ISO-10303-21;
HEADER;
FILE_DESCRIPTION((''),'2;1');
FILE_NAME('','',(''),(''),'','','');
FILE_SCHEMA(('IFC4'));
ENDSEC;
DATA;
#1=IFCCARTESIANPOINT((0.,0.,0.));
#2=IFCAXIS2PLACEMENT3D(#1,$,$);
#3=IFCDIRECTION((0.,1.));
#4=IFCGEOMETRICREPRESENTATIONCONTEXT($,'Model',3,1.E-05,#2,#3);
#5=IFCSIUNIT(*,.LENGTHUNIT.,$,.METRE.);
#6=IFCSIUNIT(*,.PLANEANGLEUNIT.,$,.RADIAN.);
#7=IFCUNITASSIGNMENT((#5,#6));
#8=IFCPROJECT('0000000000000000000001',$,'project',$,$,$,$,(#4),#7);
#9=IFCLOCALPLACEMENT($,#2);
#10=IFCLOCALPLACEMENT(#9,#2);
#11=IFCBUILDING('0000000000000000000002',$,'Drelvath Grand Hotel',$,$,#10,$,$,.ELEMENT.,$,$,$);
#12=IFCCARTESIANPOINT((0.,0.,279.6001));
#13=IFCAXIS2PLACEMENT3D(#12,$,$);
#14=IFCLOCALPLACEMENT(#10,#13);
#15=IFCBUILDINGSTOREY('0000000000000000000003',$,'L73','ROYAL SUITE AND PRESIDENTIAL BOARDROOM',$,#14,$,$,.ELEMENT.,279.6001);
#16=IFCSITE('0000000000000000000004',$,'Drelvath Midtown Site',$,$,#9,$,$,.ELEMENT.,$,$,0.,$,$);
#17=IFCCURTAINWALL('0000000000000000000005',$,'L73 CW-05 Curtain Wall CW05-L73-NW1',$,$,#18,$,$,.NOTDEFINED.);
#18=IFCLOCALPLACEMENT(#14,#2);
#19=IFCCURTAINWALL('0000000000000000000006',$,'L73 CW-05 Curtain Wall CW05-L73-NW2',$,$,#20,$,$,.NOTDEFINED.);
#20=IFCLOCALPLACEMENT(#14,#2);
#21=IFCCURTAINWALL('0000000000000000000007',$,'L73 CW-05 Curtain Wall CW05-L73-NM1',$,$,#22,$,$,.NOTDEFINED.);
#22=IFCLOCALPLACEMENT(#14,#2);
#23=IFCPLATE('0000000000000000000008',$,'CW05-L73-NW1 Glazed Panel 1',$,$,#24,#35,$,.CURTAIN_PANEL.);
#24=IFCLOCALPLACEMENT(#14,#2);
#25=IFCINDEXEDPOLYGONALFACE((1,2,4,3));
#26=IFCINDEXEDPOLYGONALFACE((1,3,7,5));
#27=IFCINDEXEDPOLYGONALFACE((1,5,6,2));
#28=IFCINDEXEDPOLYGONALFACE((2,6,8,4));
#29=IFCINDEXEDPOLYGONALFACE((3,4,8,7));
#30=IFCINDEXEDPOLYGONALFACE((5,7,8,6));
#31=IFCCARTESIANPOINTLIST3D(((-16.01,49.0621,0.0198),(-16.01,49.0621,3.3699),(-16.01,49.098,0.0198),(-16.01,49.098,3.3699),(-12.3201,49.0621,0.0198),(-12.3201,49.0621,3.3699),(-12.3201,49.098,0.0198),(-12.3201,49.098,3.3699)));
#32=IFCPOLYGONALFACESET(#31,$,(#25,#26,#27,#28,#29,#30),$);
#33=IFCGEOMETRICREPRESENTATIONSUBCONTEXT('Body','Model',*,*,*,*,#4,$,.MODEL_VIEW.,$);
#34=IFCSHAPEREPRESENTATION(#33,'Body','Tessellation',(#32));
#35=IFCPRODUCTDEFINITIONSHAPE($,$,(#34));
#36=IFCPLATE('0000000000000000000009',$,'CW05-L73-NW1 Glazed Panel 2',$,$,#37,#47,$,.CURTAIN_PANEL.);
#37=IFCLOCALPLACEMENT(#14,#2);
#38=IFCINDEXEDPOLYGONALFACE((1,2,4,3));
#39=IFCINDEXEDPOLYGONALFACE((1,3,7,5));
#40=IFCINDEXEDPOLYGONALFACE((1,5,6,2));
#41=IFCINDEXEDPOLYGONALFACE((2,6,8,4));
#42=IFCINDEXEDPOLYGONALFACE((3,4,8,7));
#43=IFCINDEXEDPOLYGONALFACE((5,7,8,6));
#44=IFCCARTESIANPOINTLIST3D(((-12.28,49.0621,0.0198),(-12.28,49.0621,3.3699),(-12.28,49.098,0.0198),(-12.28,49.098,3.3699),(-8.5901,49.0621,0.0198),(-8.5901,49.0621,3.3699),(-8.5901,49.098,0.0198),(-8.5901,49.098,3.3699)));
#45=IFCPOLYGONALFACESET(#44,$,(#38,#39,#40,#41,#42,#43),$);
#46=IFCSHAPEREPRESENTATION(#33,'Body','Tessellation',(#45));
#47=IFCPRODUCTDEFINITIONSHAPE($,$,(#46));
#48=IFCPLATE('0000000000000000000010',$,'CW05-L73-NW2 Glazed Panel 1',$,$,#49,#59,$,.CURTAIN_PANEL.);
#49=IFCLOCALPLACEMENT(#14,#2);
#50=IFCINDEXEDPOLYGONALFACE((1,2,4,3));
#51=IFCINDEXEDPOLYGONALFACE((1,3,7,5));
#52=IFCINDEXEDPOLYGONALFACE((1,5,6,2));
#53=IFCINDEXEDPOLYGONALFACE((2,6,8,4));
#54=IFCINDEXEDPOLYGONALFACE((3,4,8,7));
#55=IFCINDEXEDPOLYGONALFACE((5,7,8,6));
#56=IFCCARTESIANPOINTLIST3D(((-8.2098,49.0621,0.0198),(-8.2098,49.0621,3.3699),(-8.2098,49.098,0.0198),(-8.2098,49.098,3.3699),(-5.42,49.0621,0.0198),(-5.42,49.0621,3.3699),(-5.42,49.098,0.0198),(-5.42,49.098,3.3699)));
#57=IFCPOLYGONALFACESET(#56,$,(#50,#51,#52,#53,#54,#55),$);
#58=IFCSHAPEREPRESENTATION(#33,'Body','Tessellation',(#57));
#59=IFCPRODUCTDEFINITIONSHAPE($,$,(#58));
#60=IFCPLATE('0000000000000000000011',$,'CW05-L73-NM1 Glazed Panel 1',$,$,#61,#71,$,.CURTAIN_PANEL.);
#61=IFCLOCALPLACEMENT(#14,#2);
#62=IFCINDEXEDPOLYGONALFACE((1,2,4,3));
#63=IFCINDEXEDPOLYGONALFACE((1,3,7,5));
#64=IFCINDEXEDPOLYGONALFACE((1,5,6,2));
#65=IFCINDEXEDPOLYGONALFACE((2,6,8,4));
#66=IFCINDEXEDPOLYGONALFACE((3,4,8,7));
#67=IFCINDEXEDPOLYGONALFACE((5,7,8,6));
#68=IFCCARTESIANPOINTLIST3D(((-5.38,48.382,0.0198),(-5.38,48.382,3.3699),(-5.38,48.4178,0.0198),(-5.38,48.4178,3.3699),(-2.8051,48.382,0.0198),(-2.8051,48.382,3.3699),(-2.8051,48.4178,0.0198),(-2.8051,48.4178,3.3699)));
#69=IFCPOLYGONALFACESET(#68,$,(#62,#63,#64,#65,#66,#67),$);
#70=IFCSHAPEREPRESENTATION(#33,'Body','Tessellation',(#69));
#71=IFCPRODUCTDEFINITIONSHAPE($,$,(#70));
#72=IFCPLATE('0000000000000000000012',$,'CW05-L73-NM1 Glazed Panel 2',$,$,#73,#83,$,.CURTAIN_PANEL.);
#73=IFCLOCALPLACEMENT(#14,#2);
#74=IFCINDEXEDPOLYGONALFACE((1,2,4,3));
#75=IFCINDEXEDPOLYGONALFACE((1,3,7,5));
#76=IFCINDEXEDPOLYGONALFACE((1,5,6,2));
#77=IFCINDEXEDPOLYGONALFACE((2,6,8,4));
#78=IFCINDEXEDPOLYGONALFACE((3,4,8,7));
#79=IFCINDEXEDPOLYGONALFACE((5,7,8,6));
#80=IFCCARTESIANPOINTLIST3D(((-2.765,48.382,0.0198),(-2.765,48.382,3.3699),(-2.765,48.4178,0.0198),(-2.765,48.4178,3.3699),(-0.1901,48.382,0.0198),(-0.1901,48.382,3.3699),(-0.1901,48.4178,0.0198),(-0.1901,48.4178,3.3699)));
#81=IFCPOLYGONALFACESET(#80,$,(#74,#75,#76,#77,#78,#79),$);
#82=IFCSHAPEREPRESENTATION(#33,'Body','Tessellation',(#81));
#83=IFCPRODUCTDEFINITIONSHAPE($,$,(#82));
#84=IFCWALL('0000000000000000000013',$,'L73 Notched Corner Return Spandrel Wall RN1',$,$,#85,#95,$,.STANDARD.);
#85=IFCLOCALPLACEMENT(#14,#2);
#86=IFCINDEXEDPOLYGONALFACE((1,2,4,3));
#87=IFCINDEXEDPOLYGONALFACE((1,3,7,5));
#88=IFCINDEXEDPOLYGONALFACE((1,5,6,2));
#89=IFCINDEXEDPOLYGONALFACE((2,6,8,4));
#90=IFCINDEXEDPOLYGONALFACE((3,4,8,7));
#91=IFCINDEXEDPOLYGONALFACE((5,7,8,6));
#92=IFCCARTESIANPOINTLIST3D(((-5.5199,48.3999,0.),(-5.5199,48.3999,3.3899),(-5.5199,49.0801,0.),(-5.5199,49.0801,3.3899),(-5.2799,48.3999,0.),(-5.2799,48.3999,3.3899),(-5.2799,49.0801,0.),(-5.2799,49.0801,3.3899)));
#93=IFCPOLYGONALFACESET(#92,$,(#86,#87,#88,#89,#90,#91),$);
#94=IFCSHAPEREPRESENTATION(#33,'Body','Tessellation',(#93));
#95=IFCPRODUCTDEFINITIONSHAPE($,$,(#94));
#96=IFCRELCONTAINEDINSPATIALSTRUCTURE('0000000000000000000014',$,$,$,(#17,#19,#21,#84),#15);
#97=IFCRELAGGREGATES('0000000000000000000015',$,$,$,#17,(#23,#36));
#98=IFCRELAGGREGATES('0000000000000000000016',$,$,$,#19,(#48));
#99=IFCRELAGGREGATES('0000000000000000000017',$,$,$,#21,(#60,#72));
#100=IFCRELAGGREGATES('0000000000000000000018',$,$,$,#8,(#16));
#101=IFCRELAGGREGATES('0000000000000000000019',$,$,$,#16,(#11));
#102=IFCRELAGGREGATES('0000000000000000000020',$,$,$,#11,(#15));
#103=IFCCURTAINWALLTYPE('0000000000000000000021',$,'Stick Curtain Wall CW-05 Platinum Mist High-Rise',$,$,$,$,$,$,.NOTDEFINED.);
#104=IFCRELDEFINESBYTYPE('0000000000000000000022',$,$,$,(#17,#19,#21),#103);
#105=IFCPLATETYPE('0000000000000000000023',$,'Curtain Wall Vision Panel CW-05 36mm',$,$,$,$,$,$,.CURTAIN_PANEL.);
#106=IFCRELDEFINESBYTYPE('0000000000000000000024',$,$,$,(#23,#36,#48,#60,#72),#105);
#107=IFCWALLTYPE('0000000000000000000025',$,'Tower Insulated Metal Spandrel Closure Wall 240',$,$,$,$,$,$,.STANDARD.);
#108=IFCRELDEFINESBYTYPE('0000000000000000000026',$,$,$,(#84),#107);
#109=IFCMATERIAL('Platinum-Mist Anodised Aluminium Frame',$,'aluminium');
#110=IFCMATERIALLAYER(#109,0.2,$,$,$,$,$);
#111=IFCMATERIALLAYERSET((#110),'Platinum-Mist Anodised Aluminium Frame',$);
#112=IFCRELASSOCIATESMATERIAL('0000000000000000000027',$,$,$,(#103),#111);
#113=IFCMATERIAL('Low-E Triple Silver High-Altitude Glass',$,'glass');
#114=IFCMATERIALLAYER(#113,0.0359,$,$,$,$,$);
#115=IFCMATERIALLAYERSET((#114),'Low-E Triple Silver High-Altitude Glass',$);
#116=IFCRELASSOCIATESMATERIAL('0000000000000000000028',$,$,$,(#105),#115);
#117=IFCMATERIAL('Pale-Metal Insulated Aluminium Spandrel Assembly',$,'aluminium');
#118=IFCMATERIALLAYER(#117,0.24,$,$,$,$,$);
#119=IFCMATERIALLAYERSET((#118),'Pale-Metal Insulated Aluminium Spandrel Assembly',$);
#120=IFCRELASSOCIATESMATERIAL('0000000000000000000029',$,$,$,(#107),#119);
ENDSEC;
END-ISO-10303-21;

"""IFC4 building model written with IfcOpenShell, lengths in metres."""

from ifc_helpers import new_model, si_unit, direction, frame, frame_2d, origin, origin_2d, place, context, subcontext, project, spatial, rectangle, extrude, material, layer, layer_set, type_object, element, aggregate, save


model = new_model("IFC4")

# Units and contexts
model_context = context("Model", 3, precision=1e-05, world=origin(), true_north=direction((0.0, 1.0)))
body_context = subcontext(model_context, "Body", "Model", "MODEL_VIEW")
ifc_project = project(units=[si_unit("LENGTHUNIT", "METRE"), si_unit("PLANEANGLEUNIT", "RADIAN")], contexts=[model_context])

# Site, building, storey
site_placement = place(None, origin())
site = spatial("IfcSite", under=ifc_project, at=site_placement, Name="Drelvath Midtown Site", CompositionType="ELEMENT", RefElevation=0.0)
building_placement = place(site_placement, origin())
building = spatial("IfcBuilding", under=site, at=building_placement, Name="Drelvath Grand Hotel", CompositionType="ELEMENT")
storey_placement = place(building_placement, frame((0.0, 0.0, 279.6001)))
storey = spatial("IfcBuildingStorey", under=building, at=storey_placement, Name="L73", Description="ROYAL SUITE AND PRESIDENTIAL BOARDROOM", CompositionType="ELEMENT", Elevation=279.6001)

# Curtain walls
ifc_material_1 = material(Name="Platinum-Mist Anodised Aluminium Frame", Category="aluminium")
ifc_layer_1 = layer(ifc_material_1, 0.2)
ifc_layer_set_1 = layer_set([ifc_layer_1], Name="Platinum-Mist Anodised Aluminium Frame")
curtain_wall_type = type_object("IfcCurtainWallType", Name="Stick Curtain Wall CW-05 Platinum Mist High-Rise", PredefinedType="NOTDEFINED", material=ifc_layer_set_1)
curtain_wall_1_placement = place(storey_placement, origin())
curtain_wall_1 = element("IfcCurtainWall", 1, at=curtain_wall_1_placement, inside=storey, type_object=curtain_wall_type, Name="L73 CW-05 Curtain Wall CW05-L73-NW1", PredefinedType="NOTDEFINED")
curtain_wall_2_placement = place(storey_placement, origin())
curtain_wall_2 = element("IfcCurtainWall", 2, at=curtain_wall_2_placement, inside=storey, type_object=curtain_wall_type, Name="L73 CW-05 Curtain Wall CW05-L73-NW2", PredefinedType="NOTDEFINED")
curtain_wall_3_placement = place(storey_placement, origin())
curtain_wall_3 = element("IfcCurtainWall", 3, at=curtain_wall_3_placement, inside=storey, type_object=curtain_wall_type, Name="L73 CW-05 Curtain Wall CW05-L73-NM1", PredefinedType="NOTDEFINED")

# Plates
ifc_material_2 = material(Name="Low-E Triple Silver High-Altitude Glass", Category="glass")
ifc_layer_2 = layer(ifc_material_2, 0.0359)
ifc_layer_set_2 = layer_set([ifc_layer_2], Name="Low-E Triple Silver High-Altitude Glass")
plate_type = type_object("IfcPlateType", Name="Curtain Wall Vision Panel CW-05 36mm", PredefinedType="CURTAIN_PANEL", material=ifc_layer_set_2)
plate_1_placement = place(storey_placement, frame((-14.165, 49.0801, 0.0198), z_axis=(0.0, 0.0, 1.0), x_axis=(1.0, 0.0, 0.0)))
plate_1 = element("IfcPlate", 4, at=plate_1_placement, type_object=plate_type, Name="CW05-L73-NW1 Glazed Panel 1", PredefinedType="CURTAIN_PANEL", context=body_context, shape_type="SweptSolid", body=[
    extrude(rectangle(XDim=3.6899, YDim=0.0359, at=origin_2d()), origin(), (0.0, 0.0, 1.0), 3.3501),
])
plate_2_placement = place(storey_placement, frame((-10.4351, 49.0801, 0.0198), z_axis=(0.0, 0.0, 1.0), x_axis=(1.0, 0.0, 0.0)))
plate_2 = element("IfcPlate", 5, at=plate_2_placement, type_object=plate_type, Name="CW05-L73-NW1 Glazed Panel 2", PredefinedType="CURTAIN_PANEL", context=body_context, shape_type="SweptSolid", body=[
    extrude(rectangle(XDim=3.6899, YDim=0.0359, at=origin_2d()), origin(), (0.0, 0.0, 1.0), 3.3501),
])
aggregate(curtain_wall_1, [plate_1, plate_2])
plate_3_placement = place(storey_placement, frame((-6.8149, 49.0801, 0.0198), z_axis=(0.0, 0.0, 1.0), x_axis=(1.0, 0.0, 0.0)))
plate_3 = element("IfcPlate", 6, at=plate_3_placement, type_object=plate_type, Name="CW05-L73-NW2 Glazed Panel 1", PredefinedType="CURTAIN_PANEL", context=body_context, shape_type="SweptSolid", body=[
    extrude(rectangle(XDim=2.7898, YDim=0.0359, at=origin_2d()), origin(), (0.0, 0.0, 1.0), 3.3501),
])
aggregate(curtain_wall_2, [plate_3])
plate_4_placement = place(storey_placement, frame((-4.0925, 48.3999, 0.0198), z_axis=(0.0, 0.0, 1.0), x_axis=(1.0, 0.0, 0.0)))
plate_4 = element("IfcPlate", 7, at=plate_4_placement, type_object=plate_type, Name="CW05-L73-NM1 Glazed Panel 1", PredefinedType="CURTAIN_PANEL", context=body_context, shape_type="SweptSolid", body=[
    extrude(rectangle(XDim=2.575, YDim=0.0359, at=origin_2d()), origin(), (0.0, 0.0, 1.0), 3.3501),
])
plate_5_placement = place(storey_placement, frame((-1.4775, 48.3999, 0.0198), z_axis=(0.0, 0.0, 1.0), x_axis=(1.0, 0.0, 0.0)))
plate_5 = element("IfcPlate", 8, at=plate_5_placement, type_object=plate_type, Name="CW05-L73-NM1 Glazed Panel 2", PredefinedType="CURTAIN_PANEL", context=body_context, shape_type="SweptSolid", body=[
    extrude(rectangle(XDim=2.575, YDim=0.0359, at=origin_2d()), origin(), (0.0, 0.0, 1.0), 3.3501),
])
aggregate(curtain_wall_3, [plate_4, plate_5])

# Wall
ifc_material_3 = material(Name="Pale-Metal Insulated Aluminium Spandrel Assembly", Category="aluminium")
ifc_layer_3 = layer(ifc_material_3, 0.24)
ifc_layer_set_3 = layer_set([ifc_layer_3], Name="Pale-Metal Insulated Aluminium Spandrel Assembly")
wall_type = type_object("IfcWallType", Name="Tower Insulated Metal Spandrel Closure Wall 240", PredefinedType="STANDARD", material=ifc_layer_set_3)
wall_placement = place(storey_placement, frame((-5.3999, 49.0801, 0.0), z_axis=(0.0, 0.0, 1.0), x_axis=(0.0, -1.0, 0.0)))
element("IfcWall", 9, at=wall_placement, inside=storey, type_object=wall_type, Name="L73 Notched Corner Return Spandrel Wall RN1", PredefinedType="STANDARD", context=body_context, shape_type="SweptSolid", body=[
    extrude(rectangle(XDim=0.6802, YDim=0.24, at=frame_2d((0.3401, 0.0))), origin(), (0.0, 0.0, 1.0), 3.3899),
])

save(model, "model.ifc")
